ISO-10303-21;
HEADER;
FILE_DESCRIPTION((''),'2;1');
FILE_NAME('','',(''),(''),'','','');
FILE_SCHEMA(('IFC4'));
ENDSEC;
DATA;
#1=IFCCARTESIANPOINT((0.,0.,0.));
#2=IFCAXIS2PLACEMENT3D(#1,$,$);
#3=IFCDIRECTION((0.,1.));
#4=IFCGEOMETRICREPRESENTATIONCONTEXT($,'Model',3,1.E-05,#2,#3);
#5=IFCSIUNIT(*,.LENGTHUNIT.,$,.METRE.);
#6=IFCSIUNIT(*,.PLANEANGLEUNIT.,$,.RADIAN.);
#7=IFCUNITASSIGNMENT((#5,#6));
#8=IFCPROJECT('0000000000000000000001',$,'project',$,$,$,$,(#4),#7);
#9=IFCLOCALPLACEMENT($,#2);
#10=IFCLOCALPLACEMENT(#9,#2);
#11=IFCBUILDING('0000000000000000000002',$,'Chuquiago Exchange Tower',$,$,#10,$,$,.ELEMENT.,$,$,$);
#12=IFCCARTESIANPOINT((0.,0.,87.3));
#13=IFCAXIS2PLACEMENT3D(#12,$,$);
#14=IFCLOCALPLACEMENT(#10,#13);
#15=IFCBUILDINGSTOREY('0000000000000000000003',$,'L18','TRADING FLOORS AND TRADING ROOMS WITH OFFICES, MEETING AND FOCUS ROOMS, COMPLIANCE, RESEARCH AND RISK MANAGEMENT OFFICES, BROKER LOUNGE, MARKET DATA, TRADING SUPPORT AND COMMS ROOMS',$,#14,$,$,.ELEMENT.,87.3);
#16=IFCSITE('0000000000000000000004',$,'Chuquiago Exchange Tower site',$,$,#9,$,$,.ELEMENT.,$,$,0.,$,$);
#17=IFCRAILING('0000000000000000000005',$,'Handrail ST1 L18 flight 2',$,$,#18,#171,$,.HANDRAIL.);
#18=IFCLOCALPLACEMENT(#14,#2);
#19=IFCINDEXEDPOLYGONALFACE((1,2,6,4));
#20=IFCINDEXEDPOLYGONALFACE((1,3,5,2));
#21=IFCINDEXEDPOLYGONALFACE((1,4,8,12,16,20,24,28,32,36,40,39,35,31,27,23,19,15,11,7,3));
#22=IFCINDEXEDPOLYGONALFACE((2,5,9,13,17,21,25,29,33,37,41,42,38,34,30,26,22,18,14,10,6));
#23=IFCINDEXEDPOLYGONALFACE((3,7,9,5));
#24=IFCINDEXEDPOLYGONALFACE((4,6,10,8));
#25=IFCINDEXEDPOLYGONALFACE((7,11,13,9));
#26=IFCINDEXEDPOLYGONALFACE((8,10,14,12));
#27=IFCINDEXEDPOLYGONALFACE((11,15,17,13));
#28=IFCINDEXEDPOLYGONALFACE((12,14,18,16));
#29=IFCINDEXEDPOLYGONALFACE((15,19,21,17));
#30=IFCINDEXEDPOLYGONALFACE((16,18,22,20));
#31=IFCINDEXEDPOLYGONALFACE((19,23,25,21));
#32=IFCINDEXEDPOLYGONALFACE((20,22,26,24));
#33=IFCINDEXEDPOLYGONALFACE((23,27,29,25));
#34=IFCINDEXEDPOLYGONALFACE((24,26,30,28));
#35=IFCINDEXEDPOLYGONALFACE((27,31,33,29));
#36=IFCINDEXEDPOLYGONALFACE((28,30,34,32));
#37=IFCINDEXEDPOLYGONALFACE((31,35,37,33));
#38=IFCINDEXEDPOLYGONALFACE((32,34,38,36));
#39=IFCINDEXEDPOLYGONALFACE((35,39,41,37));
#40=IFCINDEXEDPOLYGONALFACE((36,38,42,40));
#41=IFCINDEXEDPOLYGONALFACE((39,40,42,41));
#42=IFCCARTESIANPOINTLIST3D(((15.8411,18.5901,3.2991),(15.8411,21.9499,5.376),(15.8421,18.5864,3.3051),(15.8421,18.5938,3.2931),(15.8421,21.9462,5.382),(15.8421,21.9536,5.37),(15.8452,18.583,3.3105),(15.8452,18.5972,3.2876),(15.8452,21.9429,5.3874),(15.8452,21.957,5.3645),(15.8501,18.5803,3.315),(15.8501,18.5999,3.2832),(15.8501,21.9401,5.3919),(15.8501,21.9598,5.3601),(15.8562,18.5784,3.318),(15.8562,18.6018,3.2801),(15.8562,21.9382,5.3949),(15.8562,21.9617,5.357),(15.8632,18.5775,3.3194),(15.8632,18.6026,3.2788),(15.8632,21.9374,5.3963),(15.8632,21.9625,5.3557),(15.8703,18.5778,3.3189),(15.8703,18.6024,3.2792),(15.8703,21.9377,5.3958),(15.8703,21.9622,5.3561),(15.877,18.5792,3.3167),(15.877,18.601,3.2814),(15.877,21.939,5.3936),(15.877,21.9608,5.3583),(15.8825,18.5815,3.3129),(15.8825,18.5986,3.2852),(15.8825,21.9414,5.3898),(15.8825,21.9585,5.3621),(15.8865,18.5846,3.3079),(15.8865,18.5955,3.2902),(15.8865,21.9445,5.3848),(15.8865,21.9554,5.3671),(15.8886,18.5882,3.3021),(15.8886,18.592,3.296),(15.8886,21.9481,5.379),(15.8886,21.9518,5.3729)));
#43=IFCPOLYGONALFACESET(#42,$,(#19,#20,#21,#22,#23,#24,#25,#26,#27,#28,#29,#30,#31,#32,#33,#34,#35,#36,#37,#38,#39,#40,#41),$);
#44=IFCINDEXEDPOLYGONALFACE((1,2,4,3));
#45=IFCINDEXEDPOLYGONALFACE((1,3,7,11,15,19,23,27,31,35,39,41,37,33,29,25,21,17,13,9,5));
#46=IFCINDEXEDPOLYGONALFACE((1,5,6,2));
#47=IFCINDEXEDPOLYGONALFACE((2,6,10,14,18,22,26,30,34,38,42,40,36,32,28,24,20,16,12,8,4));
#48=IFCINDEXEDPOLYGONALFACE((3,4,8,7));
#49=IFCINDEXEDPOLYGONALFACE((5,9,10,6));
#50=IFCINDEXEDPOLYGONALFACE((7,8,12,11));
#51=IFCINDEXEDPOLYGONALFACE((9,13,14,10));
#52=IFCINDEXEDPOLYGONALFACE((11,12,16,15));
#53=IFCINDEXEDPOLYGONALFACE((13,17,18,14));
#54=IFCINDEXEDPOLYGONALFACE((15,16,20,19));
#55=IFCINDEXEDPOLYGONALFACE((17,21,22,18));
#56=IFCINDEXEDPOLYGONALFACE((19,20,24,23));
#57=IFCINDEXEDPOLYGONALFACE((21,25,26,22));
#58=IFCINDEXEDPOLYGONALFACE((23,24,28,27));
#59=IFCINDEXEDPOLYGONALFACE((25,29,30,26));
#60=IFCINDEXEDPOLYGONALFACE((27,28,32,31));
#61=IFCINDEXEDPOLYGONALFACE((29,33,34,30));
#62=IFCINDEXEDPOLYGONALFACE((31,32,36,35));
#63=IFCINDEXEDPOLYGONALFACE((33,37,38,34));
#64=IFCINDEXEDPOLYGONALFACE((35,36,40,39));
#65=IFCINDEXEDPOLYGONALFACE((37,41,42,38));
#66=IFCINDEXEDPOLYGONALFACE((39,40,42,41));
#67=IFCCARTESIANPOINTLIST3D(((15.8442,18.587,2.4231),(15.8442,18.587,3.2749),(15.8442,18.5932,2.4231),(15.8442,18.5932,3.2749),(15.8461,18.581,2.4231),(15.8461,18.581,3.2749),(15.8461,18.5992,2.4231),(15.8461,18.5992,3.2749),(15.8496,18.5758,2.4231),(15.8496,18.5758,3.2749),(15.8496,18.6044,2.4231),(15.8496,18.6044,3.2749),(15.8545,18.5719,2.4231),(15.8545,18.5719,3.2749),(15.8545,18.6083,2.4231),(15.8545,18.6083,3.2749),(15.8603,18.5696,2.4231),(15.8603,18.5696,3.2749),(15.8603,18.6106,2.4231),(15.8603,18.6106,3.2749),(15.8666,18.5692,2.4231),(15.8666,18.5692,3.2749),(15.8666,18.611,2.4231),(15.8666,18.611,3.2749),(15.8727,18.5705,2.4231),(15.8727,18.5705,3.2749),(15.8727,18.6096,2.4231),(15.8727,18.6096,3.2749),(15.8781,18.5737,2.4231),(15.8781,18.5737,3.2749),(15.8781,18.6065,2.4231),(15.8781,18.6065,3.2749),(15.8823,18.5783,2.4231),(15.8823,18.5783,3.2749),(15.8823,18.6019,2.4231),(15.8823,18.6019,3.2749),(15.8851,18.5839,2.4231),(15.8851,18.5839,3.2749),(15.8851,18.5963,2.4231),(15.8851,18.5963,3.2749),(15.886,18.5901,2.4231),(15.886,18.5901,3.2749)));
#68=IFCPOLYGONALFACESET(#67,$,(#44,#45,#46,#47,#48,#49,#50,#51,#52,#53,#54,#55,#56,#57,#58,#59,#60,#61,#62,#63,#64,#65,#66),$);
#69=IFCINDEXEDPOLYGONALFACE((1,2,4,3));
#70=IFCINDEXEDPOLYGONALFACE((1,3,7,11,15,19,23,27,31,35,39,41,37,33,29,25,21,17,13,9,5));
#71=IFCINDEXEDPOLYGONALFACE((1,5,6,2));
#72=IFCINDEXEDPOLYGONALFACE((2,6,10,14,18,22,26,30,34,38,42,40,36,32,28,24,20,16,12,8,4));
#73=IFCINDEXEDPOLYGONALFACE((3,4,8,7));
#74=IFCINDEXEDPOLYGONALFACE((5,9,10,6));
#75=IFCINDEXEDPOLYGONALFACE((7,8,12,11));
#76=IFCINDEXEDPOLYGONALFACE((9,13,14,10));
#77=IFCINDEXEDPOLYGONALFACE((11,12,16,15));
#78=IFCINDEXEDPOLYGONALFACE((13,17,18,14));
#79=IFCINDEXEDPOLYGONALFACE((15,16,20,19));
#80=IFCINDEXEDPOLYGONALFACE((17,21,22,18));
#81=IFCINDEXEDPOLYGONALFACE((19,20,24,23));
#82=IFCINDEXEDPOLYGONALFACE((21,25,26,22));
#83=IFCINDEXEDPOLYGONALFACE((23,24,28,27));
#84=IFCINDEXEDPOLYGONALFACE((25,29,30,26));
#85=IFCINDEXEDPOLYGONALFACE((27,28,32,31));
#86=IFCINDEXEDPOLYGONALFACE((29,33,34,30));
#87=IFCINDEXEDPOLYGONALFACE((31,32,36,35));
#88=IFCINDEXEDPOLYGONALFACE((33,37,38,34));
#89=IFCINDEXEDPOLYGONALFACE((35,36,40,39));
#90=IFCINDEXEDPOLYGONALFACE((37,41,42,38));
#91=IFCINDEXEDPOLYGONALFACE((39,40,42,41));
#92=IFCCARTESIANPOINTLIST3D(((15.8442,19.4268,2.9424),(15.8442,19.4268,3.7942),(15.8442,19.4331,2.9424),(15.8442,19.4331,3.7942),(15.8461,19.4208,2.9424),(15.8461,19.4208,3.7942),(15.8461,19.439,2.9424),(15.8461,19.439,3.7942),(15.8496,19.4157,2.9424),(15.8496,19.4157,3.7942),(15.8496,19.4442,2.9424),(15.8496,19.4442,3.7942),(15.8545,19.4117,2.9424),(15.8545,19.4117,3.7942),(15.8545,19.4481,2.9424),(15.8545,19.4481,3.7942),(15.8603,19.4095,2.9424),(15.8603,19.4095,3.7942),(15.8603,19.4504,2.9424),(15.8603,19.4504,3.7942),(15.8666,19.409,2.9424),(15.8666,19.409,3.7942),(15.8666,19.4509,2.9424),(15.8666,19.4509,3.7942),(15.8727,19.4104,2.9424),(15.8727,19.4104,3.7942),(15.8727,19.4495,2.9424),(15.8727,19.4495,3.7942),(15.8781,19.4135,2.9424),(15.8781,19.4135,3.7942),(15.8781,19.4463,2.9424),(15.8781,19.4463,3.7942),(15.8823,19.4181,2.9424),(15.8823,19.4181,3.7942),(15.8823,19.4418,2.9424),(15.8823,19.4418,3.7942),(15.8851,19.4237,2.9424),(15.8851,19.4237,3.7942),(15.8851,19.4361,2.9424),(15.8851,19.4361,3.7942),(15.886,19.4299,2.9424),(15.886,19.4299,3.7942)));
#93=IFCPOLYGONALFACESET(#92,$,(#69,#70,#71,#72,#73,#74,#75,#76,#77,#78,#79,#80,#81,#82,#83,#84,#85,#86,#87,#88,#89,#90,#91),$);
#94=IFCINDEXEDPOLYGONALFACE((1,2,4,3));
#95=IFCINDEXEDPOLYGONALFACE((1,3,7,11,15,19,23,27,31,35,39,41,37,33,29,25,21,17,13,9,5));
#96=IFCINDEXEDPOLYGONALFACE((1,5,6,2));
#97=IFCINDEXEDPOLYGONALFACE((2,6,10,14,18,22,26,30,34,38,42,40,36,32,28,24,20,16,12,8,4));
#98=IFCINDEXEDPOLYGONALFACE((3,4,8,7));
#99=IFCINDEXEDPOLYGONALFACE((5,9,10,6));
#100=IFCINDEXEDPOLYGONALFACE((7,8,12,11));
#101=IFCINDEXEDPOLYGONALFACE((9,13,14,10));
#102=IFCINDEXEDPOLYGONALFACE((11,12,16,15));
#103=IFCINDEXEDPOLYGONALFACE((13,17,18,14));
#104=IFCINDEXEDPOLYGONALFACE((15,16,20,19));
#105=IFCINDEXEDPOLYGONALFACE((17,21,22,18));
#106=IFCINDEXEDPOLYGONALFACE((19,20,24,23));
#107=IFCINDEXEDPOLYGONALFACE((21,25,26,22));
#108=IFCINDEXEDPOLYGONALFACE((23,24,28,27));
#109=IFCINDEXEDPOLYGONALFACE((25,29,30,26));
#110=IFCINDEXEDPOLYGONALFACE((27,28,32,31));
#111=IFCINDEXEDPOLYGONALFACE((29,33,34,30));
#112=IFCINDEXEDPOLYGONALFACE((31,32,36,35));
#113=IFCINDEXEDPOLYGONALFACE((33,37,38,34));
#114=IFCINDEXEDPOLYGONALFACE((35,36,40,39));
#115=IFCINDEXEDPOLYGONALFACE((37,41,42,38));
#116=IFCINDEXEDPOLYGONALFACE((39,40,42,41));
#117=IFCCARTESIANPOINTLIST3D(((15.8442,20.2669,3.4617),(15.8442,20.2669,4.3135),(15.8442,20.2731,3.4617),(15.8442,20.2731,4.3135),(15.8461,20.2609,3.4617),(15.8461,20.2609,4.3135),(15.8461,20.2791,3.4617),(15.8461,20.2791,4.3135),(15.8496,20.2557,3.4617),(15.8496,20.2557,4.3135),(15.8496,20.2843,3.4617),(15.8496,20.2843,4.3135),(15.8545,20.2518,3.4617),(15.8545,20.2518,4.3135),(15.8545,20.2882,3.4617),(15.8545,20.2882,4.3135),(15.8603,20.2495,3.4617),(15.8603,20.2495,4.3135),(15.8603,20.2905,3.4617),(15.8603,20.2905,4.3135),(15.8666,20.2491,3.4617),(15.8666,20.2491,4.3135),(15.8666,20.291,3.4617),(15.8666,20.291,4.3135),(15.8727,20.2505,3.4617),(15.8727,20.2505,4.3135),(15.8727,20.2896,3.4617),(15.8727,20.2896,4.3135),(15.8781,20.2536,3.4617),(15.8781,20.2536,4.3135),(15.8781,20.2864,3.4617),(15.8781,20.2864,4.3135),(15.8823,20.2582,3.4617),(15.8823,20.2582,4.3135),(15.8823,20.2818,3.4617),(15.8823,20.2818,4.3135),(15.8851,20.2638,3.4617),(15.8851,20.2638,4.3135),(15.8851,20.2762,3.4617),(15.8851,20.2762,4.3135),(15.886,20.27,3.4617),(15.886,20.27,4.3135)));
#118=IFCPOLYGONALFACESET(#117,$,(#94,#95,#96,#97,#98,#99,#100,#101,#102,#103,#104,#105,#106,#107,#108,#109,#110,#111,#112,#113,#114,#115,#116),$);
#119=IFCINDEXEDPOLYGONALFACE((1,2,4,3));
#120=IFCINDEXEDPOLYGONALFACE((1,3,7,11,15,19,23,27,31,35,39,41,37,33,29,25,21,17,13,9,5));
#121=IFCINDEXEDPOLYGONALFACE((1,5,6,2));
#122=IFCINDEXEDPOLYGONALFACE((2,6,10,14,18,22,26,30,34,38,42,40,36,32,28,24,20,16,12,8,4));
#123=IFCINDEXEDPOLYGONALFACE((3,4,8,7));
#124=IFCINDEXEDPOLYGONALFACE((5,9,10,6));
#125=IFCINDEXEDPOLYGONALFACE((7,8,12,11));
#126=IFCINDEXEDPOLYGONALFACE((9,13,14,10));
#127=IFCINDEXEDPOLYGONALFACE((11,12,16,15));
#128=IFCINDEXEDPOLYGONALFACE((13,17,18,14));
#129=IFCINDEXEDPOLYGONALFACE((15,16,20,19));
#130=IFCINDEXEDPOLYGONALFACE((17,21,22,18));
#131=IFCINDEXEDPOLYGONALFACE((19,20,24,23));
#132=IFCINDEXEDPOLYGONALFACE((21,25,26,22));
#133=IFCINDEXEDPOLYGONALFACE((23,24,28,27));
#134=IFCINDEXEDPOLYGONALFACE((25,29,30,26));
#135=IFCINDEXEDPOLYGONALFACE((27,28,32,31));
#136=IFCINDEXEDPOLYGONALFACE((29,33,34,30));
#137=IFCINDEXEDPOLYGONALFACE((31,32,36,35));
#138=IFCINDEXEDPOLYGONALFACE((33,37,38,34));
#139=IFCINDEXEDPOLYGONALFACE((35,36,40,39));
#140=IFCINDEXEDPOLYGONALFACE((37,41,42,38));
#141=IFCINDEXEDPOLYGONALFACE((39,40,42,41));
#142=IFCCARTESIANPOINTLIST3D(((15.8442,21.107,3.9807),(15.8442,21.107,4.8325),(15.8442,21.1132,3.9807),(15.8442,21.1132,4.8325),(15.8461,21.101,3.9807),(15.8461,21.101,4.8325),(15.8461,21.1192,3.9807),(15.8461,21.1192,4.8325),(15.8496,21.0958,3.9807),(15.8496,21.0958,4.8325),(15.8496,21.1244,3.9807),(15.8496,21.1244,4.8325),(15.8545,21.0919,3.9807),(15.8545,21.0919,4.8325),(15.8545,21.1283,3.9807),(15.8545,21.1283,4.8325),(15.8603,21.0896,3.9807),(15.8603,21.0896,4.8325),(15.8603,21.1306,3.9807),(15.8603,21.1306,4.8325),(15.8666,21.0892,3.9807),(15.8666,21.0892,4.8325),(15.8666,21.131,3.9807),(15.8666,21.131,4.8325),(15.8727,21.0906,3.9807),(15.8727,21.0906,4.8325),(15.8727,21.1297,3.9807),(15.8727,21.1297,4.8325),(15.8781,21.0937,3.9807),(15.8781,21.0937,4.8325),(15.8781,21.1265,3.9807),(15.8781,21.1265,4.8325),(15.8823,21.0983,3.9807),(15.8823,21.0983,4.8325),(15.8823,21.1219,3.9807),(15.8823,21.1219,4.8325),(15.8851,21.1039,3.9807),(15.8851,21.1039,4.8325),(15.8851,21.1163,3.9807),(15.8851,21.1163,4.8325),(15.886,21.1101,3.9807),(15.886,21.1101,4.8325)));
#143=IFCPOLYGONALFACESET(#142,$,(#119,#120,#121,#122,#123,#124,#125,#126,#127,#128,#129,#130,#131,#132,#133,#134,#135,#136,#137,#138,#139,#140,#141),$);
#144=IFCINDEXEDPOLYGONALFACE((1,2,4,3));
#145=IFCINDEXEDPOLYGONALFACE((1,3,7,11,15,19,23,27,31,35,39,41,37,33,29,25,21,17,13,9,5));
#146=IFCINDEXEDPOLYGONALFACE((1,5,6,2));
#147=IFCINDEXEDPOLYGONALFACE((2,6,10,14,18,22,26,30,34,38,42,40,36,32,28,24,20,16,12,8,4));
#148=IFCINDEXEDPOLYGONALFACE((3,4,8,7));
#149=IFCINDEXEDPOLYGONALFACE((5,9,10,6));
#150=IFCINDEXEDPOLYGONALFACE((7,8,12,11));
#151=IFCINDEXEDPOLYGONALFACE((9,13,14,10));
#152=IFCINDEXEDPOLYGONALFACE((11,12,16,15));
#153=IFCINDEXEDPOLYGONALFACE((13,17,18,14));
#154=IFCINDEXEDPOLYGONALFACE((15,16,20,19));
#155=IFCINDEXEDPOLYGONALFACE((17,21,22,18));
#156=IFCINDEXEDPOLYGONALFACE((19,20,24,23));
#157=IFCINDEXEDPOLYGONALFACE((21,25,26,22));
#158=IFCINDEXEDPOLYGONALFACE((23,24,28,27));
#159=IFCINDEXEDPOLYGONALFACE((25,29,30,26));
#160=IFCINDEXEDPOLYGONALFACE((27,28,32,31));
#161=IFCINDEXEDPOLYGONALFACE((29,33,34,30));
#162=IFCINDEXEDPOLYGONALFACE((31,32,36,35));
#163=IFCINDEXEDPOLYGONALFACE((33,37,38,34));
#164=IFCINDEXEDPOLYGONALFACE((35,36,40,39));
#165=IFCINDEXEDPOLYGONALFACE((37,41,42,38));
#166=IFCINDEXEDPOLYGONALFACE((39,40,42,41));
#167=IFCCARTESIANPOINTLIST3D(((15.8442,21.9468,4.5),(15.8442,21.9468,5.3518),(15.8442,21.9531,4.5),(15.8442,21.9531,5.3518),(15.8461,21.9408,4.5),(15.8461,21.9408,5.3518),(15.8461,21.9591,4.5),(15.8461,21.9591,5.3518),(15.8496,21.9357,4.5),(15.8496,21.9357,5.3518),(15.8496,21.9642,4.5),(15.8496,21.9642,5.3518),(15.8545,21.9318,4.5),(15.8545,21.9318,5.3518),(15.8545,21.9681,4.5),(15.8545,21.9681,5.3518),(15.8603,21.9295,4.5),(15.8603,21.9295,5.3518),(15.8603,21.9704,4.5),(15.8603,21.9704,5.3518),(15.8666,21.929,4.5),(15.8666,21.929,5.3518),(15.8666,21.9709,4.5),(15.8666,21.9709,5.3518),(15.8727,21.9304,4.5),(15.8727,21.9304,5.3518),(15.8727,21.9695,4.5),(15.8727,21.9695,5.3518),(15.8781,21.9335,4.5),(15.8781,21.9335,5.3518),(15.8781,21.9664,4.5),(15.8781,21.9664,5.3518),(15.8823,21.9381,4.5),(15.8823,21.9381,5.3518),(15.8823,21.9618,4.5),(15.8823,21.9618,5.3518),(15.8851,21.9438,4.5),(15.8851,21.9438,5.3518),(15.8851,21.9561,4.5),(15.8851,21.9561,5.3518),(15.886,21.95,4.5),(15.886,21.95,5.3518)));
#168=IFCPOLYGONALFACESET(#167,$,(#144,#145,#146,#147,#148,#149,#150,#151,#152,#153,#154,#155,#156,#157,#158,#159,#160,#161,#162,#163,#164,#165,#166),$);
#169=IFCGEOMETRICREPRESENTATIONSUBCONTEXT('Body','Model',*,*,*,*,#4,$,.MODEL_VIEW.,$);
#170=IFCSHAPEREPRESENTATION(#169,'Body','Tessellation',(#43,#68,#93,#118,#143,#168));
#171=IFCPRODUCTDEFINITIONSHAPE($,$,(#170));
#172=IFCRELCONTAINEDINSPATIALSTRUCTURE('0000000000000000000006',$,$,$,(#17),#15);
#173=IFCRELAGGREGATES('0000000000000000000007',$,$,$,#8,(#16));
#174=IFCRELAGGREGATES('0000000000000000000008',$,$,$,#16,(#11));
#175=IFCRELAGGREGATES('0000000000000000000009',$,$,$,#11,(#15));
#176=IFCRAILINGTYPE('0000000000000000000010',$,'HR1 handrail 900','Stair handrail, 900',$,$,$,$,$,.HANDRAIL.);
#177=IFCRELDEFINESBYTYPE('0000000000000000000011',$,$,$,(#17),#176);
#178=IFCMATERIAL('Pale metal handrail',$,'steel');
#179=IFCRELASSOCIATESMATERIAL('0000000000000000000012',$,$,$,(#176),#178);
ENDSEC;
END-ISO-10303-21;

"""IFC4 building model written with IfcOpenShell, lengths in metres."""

from ifc_helpers import new_model, si_unit, direction, frame, origin, origin_2d, place, context, subcontext, project, spatial, circle, extrude, material, type_object, element, save


model = new_model("IFC4")

# Units and contexts
model_context = context("Model", 3, precision=1e-05, world=origin(), true_north=direction((0.0, 1.0)))
body_context = subcontext(model_context, "Body", "Model", "MODEL_VIEW")
ifc_project = project(units=[si_unit("LENGTHUNIT", "METRE"), si_unit("PLANEANGLEUNIT", "RADIAN")], contexts=[model_context])

# Site, building, storey
site_placement = place(None, origin())
site = spatial("IfcSite", under=ifc_project, at=site_placement, Name="Chuquiago Exchange Tower site", CompositionType="ELEMENT", RefElevation=0.0)
building_placement = place(site_placement, origin())
building = spatial("IfcBuilding", under=site, at=building_placement, Name="Chuquiago Exchange Tower", CompositionType="ELEMENT")
storey_placement = place(building_placement, frame((0.0, 0.0, 87.3)))
storey = spatial("IfcBuildingStorey", under=building, at=storey_placement, Name="L18", Description="TRADING FLOORS AND TRADING ROOMS WITH OFFICES, MEETING AND FOCUS ROOMS, COMPLIANCE, RESEARCH AND RISK MANAGEMENT OFFICES, BROKER LOUNGE, MARKET DATA, TRADING SUPPORT AND COMMS ROOMS", CompositionType="ELEMENT", Elevation=87.3)

# Railing
ifc_material_1 = material(Name="Pale metal handrail", Category="steel")
railing_type_1 = type_object("IfcRailingType", Name="HR1 handrail 900", Description="Stair handrail, 900", PredefinedType="HANDRAIL", material=ifc_material_1)
for number, where, name in (
    (1, (15.865, 18.5901, 2.4231), "Handrail ST1 L18 flight 2"),
):
    element("IfcRailing", number, at=place(storey_placement, frame(where)), inside=storey, type_object=railing_type_1, Name=name, PredefinedType="HANDRAIL", context=body_context, shape_type="SweptSolid", body=[
        extrude(circle(Radius=0.0239, at=origin_2d()), frame((0.0, 0.0, 0.876), z_axis=(0.0, 0.850606, 0.525803), x_axis=(-1.0, 0.0, 0.0)), (0.0, 0.0, 1.0), 3.95),
        extrude(circle(Radius=0.021, at=origin_2d()), origin(), (0.0, 0.0, 1.0), 0.8518),
        extrude(circle(Radius=0.021, at=origin_2d()), frame((0.0, 0.8398, 0.5193)), (0.0, 0.0, 1.0), 0.8518),
        extrude(circle(Radius=0.021, at=origin_2d()), frame((0.0, 1.6799, 1.0386)), (0.0, 0.0, 1.0), 0.8518),
        extrude(circle(Radius=0.021, at=origin_2d()), frame((0.0, 2.52, 1.5576)), (0.0, 0.0, 1.0), 0.8518),
        extrude(circle(Radius=0.021, at=origin_2d()), frame((0.0, 3.3599, 2.0769)), (0.0, 0.0, 1.0), 0.8518),
    ])

save(model, "model.ifc")
